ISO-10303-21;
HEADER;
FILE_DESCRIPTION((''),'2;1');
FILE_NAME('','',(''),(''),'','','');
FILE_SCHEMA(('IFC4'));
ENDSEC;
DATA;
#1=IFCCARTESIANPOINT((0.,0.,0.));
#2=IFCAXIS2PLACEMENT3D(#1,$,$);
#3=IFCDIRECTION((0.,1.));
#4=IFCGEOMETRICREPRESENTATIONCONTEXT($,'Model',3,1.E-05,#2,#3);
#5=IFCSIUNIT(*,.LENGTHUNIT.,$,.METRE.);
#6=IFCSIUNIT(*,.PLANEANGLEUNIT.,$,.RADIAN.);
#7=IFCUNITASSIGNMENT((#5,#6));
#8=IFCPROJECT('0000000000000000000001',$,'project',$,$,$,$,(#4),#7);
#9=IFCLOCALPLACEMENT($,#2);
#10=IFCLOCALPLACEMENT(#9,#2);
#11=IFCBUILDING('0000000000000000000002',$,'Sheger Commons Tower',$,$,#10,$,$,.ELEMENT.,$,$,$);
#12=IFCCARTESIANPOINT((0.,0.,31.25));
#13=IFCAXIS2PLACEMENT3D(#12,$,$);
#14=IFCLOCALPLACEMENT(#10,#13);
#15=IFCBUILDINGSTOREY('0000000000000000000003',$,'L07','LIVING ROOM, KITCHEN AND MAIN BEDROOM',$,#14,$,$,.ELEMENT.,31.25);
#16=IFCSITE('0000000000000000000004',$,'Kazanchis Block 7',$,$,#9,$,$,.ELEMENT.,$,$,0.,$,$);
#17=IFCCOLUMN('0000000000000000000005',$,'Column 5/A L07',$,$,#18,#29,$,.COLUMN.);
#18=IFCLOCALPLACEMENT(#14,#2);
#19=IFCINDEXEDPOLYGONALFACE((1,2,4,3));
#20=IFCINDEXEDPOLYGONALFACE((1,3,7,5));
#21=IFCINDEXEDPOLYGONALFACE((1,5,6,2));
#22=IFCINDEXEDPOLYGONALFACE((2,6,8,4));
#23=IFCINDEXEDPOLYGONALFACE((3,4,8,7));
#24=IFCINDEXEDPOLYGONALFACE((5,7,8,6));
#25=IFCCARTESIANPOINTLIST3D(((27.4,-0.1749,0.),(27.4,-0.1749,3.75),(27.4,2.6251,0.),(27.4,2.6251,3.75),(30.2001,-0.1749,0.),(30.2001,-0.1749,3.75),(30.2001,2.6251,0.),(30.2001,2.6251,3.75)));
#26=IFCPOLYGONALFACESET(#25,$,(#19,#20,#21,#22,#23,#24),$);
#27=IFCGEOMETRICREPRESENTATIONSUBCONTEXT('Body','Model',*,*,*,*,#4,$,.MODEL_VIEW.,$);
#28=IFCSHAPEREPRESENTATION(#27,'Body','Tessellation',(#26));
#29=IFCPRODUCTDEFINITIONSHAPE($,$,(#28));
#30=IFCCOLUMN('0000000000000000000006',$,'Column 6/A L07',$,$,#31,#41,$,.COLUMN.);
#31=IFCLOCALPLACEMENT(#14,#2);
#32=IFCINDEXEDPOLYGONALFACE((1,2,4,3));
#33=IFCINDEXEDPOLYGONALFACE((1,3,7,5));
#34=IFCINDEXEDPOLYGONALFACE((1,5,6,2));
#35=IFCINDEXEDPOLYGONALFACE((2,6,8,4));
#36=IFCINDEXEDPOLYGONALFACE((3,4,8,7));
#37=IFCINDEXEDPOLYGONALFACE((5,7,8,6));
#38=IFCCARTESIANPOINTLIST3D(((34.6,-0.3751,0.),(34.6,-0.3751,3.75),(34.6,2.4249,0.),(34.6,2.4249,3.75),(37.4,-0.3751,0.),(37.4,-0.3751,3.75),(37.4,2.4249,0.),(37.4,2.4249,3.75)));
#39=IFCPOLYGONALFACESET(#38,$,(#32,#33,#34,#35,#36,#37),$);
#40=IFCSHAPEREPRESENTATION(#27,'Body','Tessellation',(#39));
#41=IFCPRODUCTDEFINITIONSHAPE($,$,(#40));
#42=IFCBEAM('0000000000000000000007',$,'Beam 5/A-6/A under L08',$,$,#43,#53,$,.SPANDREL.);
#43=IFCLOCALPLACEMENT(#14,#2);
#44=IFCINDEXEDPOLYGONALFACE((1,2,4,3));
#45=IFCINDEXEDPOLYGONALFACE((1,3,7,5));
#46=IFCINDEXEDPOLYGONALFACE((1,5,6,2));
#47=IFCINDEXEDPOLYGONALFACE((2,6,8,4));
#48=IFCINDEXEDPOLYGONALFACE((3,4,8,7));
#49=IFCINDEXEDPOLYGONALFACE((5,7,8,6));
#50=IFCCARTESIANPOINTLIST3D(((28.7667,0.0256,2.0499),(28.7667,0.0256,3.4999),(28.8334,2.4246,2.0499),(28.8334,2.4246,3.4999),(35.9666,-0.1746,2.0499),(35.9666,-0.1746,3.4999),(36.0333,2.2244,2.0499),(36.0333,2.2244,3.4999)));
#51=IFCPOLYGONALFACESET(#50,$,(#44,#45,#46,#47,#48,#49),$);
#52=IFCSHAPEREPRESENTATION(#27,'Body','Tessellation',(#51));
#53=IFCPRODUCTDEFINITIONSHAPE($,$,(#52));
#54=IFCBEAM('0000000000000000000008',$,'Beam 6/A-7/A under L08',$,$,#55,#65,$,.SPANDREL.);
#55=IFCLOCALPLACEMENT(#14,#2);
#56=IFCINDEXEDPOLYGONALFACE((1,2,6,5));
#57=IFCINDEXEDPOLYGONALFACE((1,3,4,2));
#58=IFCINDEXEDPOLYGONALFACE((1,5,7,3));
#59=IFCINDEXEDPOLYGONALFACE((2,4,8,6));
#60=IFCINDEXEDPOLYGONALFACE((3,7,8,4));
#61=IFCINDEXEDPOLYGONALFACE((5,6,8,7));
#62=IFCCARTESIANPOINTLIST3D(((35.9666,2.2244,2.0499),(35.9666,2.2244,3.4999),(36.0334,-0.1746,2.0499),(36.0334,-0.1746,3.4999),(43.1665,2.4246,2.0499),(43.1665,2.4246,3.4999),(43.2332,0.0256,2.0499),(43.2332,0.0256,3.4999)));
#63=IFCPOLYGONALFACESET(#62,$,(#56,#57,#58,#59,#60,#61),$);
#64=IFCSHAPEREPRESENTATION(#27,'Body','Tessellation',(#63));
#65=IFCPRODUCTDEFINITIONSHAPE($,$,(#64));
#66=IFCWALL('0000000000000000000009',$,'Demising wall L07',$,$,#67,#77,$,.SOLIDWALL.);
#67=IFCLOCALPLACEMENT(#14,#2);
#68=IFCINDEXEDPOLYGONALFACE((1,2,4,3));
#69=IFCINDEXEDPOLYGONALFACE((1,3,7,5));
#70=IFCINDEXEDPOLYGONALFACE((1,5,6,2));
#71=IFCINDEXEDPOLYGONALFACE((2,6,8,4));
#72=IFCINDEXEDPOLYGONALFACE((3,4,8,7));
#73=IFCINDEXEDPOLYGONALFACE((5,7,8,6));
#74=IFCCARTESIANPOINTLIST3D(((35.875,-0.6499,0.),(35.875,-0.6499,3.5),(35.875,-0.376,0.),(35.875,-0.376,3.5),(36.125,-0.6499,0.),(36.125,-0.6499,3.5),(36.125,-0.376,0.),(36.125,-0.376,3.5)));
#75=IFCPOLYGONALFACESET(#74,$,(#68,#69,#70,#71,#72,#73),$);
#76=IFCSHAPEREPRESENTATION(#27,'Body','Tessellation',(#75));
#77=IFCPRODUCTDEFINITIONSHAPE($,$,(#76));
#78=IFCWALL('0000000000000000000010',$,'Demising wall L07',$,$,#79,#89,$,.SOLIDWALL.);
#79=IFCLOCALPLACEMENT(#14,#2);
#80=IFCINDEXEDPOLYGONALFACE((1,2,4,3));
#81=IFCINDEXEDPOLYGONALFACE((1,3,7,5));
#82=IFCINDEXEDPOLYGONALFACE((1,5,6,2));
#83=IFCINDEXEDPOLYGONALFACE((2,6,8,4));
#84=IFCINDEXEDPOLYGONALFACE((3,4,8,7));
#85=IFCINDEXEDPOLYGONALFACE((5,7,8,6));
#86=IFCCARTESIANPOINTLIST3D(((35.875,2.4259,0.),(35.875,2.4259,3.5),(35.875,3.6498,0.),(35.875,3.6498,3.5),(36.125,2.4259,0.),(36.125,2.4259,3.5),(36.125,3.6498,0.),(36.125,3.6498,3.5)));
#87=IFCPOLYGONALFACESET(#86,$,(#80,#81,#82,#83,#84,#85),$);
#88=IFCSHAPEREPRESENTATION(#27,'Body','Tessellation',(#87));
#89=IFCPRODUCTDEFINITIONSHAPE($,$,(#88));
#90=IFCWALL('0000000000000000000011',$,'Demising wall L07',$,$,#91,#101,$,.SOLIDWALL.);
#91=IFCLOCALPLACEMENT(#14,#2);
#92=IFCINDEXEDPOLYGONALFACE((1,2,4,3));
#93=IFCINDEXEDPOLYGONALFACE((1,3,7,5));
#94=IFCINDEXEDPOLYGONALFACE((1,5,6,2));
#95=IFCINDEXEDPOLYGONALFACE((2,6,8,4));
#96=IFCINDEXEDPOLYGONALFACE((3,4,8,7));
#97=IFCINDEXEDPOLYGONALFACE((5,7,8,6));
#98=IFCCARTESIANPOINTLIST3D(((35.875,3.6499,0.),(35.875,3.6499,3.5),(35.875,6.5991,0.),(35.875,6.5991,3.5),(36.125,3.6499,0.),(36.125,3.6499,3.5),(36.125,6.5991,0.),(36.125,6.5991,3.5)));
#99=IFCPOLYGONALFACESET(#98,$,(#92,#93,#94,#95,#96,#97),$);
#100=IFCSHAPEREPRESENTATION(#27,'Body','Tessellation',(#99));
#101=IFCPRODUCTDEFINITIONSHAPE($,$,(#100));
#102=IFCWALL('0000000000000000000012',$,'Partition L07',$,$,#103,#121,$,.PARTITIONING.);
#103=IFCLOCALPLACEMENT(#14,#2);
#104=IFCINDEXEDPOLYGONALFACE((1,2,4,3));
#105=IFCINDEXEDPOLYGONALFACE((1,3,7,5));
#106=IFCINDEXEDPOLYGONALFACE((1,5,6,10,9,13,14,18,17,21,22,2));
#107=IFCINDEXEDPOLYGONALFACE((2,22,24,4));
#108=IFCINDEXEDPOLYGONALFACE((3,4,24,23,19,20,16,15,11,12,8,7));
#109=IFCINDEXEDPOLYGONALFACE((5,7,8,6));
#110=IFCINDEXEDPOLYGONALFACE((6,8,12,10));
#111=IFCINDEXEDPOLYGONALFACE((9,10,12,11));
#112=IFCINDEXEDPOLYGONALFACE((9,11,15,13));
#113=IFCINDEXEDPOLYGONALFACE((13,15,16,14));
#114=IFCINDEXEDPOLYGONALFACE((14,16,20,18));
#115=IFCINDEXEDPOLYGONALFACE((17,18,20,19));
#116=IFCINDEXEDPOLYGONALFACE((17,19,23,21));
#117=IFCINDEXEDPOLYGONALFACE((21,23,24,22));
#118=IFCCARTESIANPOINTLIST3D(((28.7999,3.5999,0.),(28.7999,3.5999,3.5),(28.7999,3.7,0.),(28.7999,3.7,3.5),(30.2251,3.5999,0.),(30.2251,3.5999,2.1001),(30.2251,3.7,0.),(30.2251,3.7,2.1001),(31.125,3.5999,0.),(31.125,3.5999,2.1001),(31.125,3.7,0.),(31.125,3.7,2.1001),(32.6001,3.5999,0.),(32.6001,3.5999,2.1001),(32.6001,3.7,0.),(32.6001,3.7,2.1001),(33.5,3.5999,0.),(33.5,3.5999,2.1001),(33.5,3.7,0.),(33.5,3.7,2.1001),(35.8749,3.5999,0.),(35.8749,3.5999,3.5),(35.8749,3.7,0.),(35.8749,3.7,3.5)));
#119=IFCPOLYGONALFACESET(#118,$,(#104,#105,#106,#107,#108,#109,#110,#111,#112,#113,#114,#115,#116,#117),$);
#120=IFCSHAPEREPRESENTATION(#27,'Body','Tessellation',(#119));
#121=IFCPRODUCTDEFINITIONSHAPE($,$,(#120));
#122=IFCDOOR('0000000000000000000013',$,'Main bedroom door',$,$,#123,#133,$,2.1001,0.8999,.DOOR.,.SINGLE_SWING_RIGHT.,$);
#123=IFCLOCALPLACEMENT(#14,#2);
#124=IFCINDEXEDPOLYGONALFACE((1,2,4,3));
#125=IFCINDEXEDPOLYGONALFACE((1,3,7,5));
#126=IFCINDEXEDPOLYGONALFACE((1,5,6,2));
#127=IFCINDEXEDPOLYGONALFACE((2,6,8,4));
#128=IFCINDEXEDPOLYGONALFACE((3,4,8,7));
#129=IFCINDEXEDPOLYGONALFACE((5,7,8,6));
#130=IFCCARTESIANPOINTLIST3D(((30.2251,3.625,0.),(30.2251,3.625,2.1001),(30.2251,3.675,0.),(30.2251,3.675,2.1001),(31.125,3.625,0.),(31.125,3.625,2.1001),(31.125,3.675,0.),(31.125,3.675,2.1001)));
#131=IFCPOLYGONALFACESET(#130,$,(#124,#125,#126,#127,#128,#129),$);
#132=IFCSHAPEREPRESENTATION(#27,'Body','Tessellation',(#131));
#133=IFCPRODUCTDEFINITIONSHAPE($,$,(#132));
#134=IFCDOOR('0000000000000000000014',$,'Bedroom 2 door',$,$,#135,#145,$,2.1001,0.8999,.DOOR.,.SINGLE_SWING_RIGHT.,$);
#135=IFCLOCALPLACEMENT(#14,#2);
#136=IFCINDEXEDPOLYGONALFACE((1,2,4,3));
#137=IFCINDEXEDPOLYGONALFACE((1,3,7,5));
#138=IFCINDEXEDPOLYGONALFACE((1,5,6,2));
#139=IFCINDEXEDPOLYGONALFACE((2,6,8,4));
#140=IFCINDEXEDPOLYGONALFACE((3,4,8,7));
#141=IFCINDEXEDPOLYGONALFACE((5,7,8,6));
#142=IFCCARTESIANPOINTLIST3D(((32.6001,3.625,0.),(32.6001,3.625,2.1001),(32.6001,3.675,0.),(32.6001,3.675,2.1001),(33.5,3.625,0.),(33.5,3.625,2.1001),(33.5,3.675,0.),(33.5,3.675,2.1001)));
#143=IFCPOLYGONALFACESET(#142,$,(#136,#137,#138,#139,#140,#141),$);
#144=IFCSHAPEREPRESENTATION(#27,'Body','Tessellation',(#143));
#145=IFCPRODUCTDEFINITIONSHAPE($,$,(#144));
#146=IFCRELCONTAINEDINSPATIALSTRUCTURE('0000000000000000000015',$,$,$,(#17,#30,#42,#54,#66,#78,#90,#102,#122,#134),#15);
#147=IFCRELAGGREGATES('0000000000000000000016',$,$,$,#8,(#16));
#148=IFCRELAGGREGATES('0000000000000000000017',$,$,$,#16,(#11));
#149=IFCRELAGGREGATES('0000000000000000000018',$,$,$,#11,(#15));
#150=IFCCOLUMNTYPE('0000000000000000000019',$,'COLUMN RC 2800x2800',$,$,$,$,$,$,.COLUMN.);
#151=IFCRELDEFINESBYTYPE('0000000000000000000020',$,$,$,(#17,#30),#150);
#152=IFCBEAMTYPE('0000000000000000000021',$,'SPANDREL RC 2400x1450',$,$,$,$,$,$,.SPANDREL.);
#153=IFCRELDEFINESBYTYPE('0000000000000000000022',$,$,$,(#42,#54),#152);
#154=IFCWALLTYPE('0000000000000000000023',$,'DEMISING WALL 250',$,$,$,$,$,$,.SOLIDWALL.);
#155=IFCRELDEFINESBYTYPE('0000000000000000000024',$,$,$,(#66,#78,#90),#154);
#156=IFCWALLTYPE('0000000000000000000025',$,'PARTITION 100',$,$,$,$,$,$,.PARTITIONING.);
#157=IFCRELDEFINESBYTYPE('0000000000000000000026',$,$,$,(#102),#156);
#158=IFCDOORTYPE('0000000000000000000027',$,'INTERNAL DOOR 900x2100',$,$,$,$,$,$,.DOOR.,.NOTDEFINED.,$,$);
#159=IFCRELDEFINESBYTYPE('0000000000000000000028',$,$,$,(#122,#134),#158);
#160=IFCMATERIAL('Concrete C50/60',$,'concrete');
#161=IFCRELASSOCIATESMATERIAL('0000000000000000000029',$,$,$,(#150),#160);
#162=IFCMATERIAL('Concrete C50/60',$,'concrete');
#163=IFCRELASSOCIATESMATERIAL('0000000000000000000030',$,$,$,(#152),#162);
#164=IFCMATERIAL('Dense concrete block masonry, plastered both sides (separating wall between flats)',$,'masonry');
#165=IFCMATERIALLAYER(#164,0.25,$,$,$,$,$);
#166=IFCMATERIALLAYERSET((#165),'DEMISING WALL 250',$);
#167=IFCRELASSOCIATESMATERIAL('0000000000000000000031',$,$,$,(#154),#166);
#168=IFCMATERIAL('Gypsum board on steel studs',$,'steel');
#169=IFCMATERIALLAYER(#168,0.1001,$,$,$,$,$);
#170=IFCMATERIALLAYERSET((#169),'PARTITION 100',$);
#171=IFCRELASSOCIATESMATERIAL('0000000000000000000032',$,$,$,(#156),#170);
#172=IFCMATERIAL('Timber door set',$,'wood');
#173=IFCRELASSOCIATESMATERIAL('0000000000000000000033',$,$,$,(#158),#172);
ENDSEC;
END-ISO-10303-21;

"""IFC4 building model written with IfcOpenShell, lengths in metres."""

from ifc_helpers import new_model, si_unit, direction, frame, frame_2d, origin, origin_2d, place, context, subcontext, project, spatial, rectangle, extrude, material, layer, layer_set, material_profile, profile_set, type_object, element, fill, save


model = new_model("IFC4")

# Units and contexts
model_context = context("Model", 3, precision=1e-05, world=origin(), true_north=direction((0.0, 1.0)))
body_context = subcontext(model_context, "Body", "Model", "MODEL_VIEW")
ifc_project = project(units=[si_unit("LENGTHUNIT", "METRE"), si_unit("PLANEANGLEUNIT", "RADIAN")], contexts=[model_context])

# Site, building, storey
site_placement = place(None, origin())
site = spatial("IfcSite", under=ifc_project, at=site_placement, Name="Kazanchis Block 7", CompositionType="ELEMENT", RefElevation=0.0)
building_placement = place(site_placement, origin())
building = spatial("IfcBuilding", under=site, at=building_placement, Name="Sheger Commons Tower", CompositionType="ELEMENT")
storey_placement = place(building_placement, frame((0.0, 0.0, 31.25)))
storey = spatial("IfcBuildingStorey", under=building, at=storey_placement, Name="L07", Description="LIVING ROOM, KITCHEN AND MAIN BEDROOM", CompositionType="ELEMENT", Elevation=31.25)

# Columns
ifc_material_1 = material(Name="Concrete C50/60", Category="concrete")
ifc_material_profile_1 = material_profile(ifc_material_1, rectangle(XDim=2.8, YDim=2.8, at=origin_2d()), Name="RC 2800x2800")
ifc_profile_set_1 = profile_set([ifc_material_profile_1], Name="Concrete C50/60")
column_type = type_object("IfcColumnType", Name="COLUMN RC 2800x2800", PredefinedType="COLUMN", material=ifc_profile_set_1)
for number, where, z_axis, x_axis, name in (
    (1, (28.8, 1.2251, 0.0), (0.0, 0.0, 1.0), (1.0, 0.0, 0.0), "Column 5/A L07"),
    (2, (36.0, 1.0249, 0.0), (0.0, 0.0, 1.0), (1.0, 0.0, 0.0), "Column 6/A L07"),
):
    element("IfcColumn", number, at=place(storey_placement, frame(where, z_axis=z_axis, x_axis=x_axis)), inside=storey, type_object=column_type, Name=name, PredefinedType="COLUMN", context=body_context, shape_type="SweptSolid", body=[
        extrude(rectangle(XDim=2.8, YDim=2.8, at=origin_2d()), origin(), (0.0, 0.0, 1.0), 3.75),
    ])

# Beams
ifc_material_2 = material(Name="Concrete C50/60", Category="concrete")
ifc_material_profile_2 = material_profile(ifc_material_2, rectangle(XDim=2.3999, YDim=1.45, at=origin_2d()), Name="RC 2400x1450")
ifc_profile_set_2 = profile_set([ifc_material_profile_2], Name="Concrete C50/60")
beam_type = type_object("IfcBeamType", Name="SPANDREL RC 2400x1450", PredefinedType="SPANDREL", material=ifc_profile_set_2)
for number, where, z_axis, x_axis, name in (
    (3, (28.8, 1.2251, 2.7749), (0.999614, -0.027794, 0.0), (0.027794, 0.999614, 0.0), "Beam 5/A-6/A under L08"),
    (4, (36.0, 1.0249, 2.7749), (0.999614, 0.027794, 0.0), (-0.027794, 0.999614, 0.0), "Beam 6/A-7/A under L08"),
):
    element("IfcBeam", number, at=place(storey_placement, frame(where, z_axis=z_axis, x_axis=x_axis)), inside=storey, type_object=beam_type, Name=name, PredefinedType="SPANDREL", context=body_context, shape_type="SweptSolid", body=[
        extrude(rectangle(XDim=2.3999, YDim=1.45, at=origin_2d()), origin(), (0.0, 0.0, 1.0), 7.2026),
    ])

# Walls
ifc_material_3 = material(Name="Dense concrete block masonry, plastered both sides (separating wall between flats)", Category="masonry")
ifc_layer_1 = layer(ifc_material_3, 0.25)
ifc_layer_set_1 = layer_set([ifc_layer_1], Name="DEMISING WALL 250")
wall_type_1 = type_object("IfcWallType", Name="DEMISING WALL 250", PredefinedType="SOLIDWALL", material=ifc_layer_set_1)
wall_1_placement = place(storey_placement, frame((36.0, -0.6499, 0.0), z_axis=(0.0, 0.0, 1.0), x_axis=(0.0, 1.0, 0.0)))
element("IfcWall", 5, at=wall_1_placement, inside=storey, type_object=wall_type_1, Name="Demising wall L07", PredefinedType="SOLIDWALL", context=body_context, shape_type="SweptSolid", body=[
    extrude(rectangle(XDim=0.2739, YDim=0.25, at=frame_2d((0.137, 0.0))), origin(), (0.0, 0.0, 1.0), 3.5),
])
wall_2_placement = place(storey_placement, frame((36.0, 2.426, 0.0), z_axis=(0.0, 0.0, 1.0), x_axis=(0.0, 1.0, 0.0)))
element("IfcWall", 6, at=wall_2_placement, inside=storey, type_object=wall_type_1, Name="Demising wall L07", PredefinedType="SOLIDWALL", context=body_context, shape_type="SweptSolid", body=[
    extrude(rectangle(XDim=1.2239, YDim=0.25, at=frame_2d((0.6118, 0.0))), origin(), (0.0, 0.0, 1.0), 3.5),
])
wall_3_placement = place(storey_placement, frame((36.0, 3.6499, 0.0), z_axis=(0.0, 0.0, 1.0), x_axis=(0.0, 1.0, 0.0)))
element("IfcWall", 7, at=wall_3_placement, inside=storey, type_object=wall_type_1, Name="Demising wall L07", PredefinedType="SOLIDWALL", context=body_context, shape_type="SweptSolid", body=[
    extrude(rectangle(XDim=2.9492, YDim=0.25, at=frame_2d((1.4746, 0.0))), origin(), (0.0, 0.0, 1.0), 3.5),
])

# Wall, openings, doors
ifc_material_4 = material(Name="Gypsum board on steel studs", Category="steel")
ifc_layer_2 = layer(ifc_material_4, 0.1001)
ifc_layer_set_2 = layer_set([ifc_layer_2], Name="PARTITION 100")
wall_type_2 = type_object("IfcWallType", Name="PARTITION 100", PredefinedType="PARTITIONING", material=ifc_layer_set_2)
wall_4_placement = place(storey_placement, frame((35.875, 3.6499, 0.0), z_axis=(0.0, 0.0, 1.0), x_axis=(-1.0, 0.0, 0.0)))
wall_4 = element("IfcWall", 8, at=wall_4_placement, inside=storey, type_object=wall_type_2, Name="Partition L07", PredefinedType="PARTITIONING", context=body_context, shape_type="SweptSolid", body=[
    extrude(rectangle(XDim=7.075, YDim=0.1001, at=frame_2d((3.5376, 0.0))), origin(), (0.0, 0.0, 1.0), 3.5),
])
opening_1_placement = place(wall_4_placement, frame((4.75, 0.0, 0.0)))
opening_1 = element("IfcOpeningElement", 9, at=opening_1_placement, cuts=wall_4, PredefinedType="OPENING", context=body_context, shape_type="SweptSolid", body=[
    extrude(rectangle(XDim=0.8999, YDim=2.1001, at=frame_2d((0.45, 1.05))), frame((0.0, 0.0601, 0.0), z_axis=(0.0, -1.0, 0.0), x_axis=(1.0, 0.0, 0.0)), (0.0, 0.0, 1.0), 0.1201),
])
opening_2_placement = place(wall_4_placement, frame((2.375, 0.0, 0.0)))
opening_2 = element("IfcOpeningElement", 10, at=opening_2_placement, cuts=wall_4, PredefinedType="OPENING", context=body_context, shape_type="SweptSolid", body=[
    extrude(rectangle(XDim=0.8999, YDim=2.1001, at=frame_2d((0.45, 1.05))), frame((0.0, 0.0601, 0.0), z_axis=(0.0, -1.0, 0.0), x_axis=(1.0, 0.0, 0.0)), (0.0, 0.0, 1.0), 0.1201),
])
ifc_material_5 = material(Name="Timber door set", Category="wood")
door_type = type_object("IfcDoorType", Name="INTERNAL DOOR 900x2100", OperationType="NOTDEFINED", PredefinedType="DOOR", material=ifc_material_5)
door_1_placement = place(opening_1_placement, origin())
door_1 = element("IfcDoor", 11, at=door_1_placement, inside=storey, type_object=door_type, Name="Main bedroom door", OperationType="SINGLE_SWING_RIGHT", OverallHeight=2.1001, OverallWidth=0.8999, PredefinedType="DOOR", context=body_context, shape_type="SweptSolid", body=[
    extrude(rectangle(XDim=0.8999, YDim=2.1001, at=frame_2d((0.45, 1.05))), frame((0.0, 0.0249, 0.0), z_axis=(0.0, -1.0, 0.0), x_axis=(1.0, 0.0, 0.0)), (0.0, 0.0, 1.0), 0.05),
])
fill(opening_1, door_1)
door_2_placement = place(opening_2_placement, origin())
door_2 = element("IfcDoor", 12, at=door_2_placement, inside=storey, type_object=door_type, Name="Bedroom 2 door", OperationType="SINGLE_SWING_RIGHT", OverallHeight=2.1001, OverallWidth=0.8999, PredefinedType="DOOR", context=body_context, shape_type="SweptSolid", body=[
    extrude(rectangle(XDim=0.8999, YDim=2.1001, at=frame_2d((0.45, 1.05))), frame((0.0, 0.0249, 0.0), z_axis=(0.0, -1.0, 0.0), x_axis=(1.0, 0.0, 0.0)), (0.0, 0.0, 1.0), 0.05),
])
fill(opening_2, door_2)

save(model, "model.ifc")
